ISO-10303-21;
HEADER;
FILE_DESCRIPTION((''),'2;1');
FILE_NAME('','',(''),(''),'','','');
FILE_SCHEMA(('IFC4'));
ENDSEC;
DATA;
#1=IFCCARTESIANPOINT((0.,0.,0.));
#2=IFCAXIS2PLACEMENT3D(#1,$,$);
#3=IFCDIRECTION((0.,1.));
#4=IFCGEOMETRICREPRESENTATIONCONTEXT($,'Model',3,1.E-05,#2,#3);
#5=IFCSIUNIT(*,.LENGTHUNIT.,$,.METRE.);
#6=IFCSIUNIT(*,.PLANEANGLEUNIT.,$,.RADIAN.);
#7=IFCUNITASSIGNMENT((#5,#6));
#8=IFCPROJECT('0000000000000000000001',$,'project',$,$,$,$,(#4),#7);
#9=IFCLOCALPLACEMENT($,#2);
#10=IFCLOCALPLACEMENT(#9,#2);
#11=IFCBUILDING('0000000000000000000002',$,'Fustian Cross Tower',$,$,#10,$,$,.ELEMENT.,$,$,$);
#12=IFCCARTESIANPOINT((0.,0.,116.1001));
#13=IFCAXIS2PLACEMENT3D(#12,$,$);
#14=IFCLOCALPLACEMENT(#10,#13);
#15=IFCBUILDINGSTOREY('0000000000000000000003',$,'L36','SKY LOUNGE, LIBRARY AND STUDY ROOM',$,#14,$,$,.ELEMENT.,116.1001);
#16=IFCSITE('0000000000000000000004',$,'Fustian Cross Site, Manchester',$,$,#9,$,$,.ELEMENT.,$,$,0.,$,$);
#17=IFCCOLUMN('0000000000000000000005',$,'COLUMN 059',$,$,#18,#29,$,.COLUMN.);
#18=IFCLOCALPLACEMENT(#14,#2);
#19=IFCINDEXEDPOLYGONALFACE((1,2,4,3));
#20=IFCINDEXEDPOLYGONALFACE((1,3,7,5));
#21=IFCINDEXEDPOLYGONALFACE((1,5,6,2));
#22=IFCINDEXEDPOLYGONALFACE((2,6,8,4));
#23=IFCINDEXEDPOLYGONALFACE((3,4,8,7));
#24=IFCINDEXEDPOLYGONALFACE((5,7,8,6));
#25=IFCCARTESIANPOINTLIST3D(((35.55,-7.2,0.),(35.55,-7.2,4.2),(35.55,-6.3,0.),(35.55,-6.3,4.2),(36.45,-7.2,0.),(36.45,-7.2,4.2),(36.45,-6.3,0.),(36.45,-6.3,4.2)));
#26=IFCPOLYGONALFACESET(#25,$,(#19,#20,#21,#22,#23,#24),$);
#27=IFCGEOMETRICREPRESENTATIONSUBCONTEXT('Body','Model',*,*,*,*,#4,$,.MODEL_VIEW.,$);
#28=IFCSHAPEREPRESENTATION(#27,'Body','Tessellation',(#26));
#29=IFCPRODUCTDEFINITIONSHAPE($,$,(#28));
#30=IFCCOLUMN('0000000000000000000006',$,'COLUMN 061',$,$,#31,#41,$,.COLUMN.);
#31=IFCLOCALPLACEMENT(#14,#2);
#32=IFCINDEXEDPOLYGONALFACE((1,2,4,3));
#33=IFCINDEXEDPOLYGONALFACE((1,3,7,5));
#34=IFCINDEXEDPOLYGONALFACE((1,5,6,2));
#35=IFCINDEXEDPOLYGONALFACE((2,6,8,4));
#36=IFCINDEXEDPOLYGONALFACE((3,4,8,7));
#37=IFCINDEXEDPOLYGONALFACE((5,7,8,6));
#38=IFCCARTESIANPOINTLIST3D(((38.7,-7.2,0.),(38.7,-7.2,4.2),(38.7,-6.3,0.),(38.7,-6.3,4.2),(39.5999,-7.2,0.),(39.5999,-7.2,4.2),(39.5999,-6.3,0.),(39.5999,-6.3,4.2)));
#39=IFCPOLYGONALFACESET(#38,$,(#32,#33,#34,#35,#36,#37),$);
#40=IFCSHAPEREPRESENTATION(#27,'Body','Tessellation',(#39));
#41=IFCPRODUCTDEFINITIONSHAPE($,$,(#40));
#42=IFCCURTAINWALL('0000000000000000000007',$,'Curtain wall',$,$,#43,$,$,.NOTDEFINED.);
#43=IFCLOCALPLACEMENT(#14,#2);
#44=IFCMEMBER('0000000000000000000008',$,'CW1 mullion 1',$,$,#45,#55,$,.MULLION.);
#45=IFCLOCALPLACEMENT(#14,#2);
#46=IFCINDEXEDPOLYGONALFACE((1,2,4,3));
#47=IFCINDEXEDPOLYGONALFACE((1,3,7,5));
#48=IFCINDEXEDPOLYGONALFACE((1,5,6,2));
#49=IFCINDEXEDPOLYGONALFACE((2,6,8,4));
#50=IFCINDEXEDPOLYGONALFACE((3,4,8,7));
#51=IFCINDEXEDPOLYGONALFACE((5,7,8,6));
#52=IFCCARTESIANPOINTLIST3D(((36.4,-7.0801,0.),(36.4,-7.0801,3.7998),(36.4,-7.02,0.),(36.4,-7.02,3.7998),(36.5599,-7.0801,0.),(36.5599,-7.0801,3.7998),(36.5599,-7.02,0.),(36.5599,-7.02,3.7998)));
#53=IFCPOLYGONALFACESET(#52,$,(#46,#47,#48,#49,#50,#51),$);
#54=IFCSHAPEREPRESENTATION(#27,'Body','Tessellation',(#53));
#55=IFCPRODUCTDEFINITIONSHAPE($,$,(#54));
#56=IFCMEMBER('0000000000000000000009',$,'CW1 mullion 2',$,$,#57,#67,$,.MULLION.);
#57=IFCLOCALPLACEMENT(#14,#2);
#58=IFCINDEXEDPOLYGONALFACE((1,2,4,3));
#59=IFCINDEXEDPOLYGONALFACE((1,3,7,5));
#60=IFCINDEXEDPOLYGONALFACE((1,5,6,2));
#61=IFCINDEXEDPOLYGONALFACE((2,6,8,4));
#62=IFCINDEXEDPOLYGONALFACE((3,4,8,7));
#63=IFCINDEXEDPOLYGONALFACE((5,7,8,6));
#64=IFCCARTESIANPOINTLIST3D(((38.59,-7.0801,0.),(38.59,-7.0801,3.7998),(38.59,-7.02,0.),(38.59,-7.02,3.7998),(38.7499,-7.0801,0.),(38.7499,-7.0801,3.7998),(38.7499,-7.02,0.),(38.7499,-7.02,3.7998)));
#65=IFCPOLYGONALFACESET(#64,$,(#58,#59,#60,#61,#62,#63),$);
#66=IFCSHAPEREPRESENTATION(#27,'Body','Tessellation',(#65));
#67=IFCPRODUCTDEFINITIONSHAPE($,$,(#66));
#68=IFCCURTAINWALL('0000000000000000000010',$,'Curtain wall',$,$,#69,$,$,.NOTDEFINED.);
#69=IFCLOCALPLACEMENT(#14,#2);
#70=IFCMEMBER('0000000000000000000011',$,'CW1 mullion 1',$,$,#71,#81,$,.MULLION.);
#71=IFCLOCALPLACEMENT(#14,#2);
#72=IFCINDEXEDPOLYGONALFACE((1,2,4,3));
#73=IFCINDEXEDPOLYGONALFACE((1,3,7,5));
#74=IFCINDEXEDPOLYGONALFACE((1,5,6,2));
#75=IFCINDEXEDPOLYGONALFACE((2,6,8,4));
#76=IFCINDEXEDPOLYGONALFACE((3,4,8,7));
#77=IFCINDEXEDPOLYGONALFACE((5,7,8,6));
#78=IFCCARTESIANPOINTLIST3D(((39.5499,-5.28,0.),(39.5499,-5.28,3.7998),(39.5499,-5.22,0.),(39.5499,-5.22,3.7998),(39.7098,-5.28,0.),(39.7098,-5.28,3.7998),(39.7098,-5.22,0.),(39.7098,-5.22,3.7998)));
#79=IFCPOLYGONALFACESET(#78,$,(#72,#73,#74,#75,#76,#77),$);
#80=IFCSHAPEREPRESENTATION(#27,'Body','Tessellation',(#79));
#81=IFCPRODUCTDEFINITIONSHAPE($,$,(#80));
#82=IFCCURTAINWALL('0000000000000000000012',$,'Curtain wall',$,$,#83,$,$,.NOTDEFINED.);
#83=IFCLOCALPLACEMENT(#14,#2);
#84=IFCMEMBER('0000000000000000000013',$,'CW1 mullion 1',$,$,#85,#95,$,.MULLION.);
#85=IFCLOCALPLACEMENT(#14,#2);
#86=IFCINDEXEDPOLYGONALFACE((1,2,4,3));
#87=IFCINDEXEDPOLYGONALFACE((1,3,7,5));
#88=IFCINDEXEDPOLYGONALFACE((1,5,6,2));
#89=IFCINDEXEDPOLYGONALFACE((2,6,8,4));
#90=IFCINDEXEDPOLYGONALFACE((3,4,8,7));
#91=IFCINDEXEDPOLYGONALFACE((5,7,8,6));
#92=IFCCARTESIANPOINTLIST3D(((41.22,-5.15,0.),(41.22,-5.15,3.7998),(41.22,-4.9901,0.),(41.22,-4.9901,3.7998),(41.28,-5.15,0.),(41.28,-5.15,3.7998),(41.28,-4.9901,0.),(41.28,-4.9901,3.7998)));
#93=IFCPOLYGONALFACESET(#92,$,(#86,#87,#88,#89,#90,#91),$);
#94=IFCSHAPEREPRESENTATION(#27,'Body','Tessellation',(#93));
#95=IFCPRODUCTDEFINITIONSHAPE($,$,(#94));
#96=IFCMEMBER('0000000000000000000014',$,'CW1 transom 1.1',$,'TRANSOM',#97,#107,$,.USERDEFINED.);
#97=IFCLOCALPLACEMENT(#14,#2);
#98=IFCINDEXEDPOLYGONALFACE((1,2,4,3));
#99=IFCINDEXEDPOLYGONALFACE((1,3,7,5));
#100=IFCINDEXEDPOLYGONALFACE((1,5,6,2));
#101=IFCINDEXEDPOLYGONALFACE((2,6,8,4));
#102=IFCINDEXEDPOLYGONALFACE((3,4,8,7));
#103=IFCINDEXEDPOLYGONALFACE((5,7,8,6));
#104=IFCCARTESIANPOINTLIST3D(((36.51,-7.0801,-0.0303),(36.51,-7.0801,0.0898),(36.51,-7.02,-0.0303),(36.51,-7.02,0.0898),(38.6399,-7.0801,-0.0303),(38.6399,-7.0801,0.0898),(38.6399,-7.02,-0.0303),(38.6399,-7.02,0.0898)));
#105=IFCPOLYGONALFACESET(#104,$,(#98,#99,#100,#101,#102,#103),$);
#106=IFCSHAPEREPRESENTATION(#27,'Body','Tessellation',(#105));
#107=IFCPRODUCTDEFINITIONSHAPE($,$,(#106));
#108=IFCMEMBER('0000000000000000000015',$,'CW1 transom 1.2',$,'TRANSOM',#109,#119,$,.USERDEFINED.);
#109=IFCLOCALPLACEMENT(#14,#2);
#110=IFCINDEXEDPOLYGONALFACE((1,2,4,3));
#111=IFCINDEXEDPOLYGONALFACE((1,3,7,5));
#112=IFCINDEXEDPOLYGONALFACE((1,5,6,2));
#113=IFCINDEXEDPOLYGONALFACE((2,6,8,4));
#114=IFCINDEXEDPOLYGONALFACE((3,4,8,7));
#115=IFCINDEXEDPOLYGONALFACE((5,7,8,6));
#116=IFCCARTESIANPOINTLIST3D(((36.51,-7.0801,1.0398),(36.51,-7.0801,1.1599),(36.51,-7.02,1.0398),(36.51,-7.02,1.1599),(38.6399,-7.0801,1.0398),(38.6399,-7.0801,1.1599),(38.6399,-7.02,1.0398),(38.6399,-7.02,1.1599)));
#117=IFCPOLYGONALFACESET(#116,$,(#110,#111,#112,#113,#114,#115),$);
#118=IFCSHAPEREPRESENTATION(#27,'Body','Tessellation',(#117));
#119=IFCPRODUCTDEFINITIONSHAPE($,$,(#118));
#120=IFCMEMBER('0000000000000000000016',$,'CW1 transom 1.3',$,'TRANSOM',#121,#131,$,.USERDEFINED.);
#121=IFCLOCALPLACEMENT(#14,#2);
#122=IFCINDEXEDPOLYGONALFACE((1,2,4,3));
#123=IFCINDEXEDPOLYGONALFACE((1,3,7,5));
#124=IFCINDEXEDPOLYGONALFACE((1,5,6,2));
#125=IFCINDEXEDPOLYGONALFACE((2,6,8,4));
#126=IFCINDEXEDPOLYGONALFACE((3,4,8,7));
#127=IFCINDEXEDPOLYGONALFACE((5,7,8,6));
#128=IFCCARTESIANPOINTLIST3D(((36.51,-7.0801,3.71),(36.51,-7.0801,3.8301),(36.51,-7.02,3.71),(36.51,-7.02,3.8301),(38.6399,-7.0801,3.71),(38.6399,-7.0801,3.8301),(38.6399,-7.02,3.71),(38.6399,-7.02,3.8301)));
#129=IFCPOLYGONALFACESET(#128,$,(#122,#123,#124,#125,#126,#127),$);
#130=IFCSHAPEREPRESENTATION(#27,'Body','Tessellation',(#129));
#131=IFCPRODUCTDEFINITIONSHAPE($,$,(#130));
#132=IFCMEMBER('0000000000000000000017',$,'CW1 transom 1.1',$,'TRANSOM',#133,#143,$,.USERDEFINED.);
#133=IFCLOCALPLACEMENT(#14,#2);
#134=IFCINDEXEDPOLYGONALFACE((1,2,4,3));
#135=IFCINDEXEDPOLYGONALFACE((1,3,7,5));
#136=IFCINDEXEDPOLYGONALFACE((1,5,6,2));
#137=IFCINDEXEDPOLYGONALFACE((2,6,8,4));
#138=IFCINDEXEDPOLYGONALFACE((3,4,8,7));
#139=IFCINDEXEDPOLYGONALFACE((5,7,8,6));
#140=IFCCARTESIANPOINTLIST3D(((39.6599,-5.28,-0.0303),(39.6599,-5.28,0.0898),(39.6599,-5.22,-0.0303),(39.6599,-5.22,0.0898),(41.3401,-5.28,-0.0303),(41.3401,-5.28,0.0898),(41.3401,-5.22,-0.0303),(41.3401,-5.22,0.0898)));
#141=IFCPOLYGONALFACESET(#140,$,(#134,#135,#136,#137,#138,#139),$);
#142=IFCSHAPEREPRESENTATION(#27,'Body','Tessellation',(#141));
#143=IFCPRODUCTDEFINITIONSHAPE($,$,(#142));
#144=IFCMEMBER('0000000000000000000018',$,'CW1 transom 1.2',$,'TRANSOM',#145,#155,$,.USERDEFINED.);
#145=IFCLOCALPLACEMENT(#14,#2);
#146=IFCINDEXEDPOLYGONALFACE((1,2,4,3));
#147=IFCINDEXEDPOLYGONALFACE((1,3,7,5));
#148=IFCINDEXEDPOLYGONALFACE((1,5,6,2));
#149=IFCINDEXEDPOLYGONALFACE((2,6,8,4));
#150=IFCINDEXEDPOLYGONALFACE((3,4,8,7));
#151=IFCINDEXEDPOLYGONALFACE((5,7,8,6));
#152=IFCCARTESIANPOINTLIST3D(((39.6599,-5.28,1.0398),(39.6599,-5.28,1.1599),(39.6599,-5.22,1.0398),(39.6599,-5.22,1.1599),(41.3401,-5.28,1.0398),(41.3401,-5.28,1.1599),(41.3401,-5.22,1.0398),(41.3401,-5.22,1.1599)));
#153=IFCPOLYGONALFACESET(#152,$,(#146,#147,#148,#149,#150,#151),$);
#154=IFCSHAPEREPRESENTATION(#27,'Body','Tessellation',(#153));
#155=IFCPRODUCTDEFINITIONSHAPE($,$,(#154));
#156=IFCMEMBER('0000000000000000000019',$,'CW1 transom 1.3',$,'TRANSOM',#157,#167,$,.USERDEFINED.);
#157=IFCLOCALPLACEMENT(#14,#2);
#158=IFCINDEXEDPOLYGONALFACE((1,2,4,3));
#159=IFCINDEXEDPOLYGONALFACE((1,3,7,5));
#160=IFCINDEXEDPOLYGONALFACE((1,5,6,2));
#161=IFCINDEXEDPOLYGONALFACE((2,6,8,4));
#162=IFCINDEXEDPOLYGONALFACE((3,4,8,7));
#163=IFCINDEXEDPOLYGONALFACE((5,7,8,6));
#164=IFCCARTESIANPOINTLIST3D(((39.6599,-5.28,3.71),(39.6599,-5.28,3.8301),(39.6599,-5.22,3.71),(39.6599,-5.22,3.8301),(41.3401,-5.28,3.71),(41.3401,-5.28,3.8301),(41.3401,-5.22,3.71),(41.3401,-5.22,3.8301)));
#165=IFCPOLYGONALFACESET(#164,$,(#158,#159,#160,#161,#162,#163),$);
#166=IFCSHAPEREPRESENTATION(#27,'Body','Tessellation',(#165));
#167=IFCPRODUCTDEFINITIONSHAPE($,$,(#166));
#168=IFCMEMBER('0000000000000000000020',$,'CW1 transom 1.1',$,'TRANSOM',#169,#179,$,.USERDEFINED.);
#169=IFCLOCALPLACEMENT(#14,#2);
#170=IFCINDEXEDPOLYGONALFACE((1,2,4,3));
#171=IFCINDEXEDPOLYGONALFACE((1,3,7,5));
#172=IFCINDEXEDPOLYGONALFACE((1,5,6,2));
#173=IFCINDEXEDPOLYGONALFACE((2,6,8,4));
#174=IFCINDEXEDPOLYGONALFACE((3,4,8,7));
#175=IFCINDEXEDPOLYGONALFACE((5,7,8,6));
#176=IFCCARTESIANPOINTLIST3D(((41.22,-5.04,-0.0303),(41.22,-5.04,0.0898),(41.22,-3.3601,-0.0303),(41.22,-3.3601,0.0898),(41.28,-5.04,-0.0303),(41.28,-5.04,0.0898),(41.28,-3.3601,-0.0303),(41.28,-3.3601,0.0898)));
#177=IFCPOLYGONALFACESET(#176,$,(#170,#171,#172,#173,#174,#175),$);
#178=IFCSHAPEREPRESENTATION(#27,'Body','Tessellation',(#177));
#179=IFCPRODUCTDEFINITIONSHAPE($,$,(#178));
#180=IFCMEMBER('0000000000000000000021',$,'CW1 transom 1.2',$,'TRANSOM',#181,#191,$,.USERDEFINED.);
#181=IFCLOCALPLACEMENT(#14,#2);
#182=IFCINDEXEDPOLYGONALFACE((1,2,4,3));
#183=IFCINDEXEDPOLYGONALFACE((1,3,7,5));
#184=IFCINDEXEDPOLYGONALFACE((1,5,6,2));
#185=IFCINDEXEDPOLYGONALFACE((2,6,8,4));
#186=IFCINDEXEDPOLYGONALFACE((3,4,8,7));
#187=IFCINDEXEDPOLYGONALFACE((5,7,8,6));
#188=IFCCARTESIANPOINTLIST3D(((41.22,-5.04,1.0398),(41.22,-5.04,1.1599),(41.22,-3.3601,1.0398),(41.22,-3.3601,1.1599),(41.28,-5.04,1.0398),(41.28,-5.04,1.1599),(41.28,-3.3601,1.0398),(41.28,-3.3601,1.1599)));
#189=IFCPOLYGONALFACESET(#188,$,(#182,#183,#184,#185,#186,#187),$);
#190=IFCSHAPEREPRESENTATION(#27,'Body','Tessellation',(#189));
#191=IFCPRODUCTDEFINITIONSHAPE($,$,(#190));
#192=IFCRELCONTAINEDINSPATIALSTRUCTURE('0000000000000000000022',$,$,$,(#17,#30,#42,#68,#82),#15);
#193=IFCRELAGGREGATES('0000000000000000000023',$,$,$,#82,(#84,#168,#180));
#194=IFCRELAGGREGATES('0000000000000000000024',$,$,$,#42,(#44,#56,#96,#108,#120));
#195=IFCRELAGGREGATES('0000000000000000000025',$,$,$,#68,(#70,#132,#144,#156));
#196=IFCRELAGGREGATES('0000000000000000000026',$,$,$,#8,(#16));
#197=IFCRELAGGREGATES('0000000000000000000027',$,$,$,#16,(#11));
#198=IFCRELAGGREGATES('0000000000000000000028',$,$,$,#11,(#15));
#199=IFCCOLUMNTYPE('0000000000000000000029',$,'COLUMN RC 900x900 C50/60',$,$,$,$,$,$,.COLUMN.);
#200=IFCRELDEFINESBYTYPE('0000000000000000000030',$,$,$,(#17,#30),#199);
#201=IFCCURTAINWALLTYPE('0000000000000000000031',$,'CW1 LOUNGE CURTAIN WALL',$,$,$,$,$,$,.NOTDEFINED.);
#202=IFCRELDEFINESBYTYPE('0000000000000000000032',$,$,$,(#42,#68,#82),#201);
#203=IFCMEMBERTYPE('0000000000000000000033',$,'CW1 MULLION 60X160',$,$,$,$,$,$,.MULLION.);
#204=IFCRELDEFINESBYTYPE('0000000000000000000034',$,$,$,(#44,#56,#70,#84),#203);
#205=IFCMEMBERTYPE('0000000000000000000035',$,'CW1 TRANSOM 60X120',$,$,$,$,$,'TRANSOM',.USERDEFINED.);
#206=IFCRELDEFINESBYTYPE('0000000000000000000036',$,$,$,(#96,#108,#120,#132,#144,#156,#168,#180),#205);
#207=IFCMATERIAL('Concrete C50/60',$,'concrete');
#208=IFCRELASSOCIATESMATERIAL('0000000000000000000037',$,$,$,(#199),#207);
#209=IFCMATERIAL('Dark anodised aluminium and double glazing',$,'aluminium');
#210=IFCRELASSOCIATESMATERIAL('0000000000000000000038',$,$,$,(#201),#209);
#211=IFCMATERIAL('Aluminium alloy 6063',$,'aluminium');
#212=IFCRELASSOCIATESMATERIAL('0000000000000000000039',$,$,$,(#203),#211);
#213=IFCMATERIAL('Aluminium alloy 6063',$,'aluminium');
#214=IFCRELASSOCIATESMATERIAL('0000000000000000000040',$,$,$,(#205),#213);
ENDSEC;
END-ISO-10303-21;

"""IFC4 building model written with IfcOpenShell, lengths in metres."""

from ifc_helpers import new_model, si_unit, direction, frame, origin, origin_2d, place, context, subcontext, project, spatial, rectangle, extrude, material, material_profile, profile_set, type_object, element, aggregate, save


model = new_model("IFC4")

# Units and contexts
model_context = context("Model", 3, precision=1e-05, world=origin(), true_north=direction((0.0, 1.0)))
body_context = subcontext(model_context, "Body", "Model", "MODEL_VIEW")
ifc_project = project(units=[si_unit("LENGTHUNIT", "METRE"), si_unit("PLANEANGLEUNIT", "RADIAN")], contexts=[model_context])

# Site, building, storey
site_placement = place(None, origin())
site = spatial("IfcSite", under=ifc_project, at=site_placement, Name="Fustian Cross Site, Manchester", CompositionType="ELEMENT", RefElevation=0.0)
building_placement = place(site_placement, origin())
building = spatial("IfcBuilding", under=site, at=building_placement, Name="Fustian Cross Tower", CompositionType="ELEMENT")
storey_placement = place(building_placement, frame((0.0, 0.0, 116.1001)))
storey = spatial("IfcBuildingStorey", under=building, at=storey_placement, Name="L36", Description="SKY LOUNGE, LIBRARY AND STUDY ROOM", CompositionType="ELEMENT", Elevation=116.1001)

# Columns
ifc_material_1 = material(Name="Concrete C50/60", Category="concrete")
ifc_material_profile_1 = material_profile(ifc_material_1, rectangle(XDim=0.8999, YDim=0.8999, at=origin_2d()), Name="RC 900x900")
ifc_profile_set_1 = profile_set([ifc_material_profile_1], Name="Concrete C50/60")
column_type = type_object("IfcColumnType", Name="COLUMN RC 900x900 C50/60", PredefinedType="COLUMN", material=ifc_profile_set_1)
for number, where, z_axis, x_axis, name in (
    (1, (36.0, -6.75, 0.0), (0.0, 0.0, 1.0), (1.0, 0.0, 0.0), "COLUMN 059"),
    (2, (39.1499, -6.75, 0.0), (0.0, 0.0, 1.0), (1.0, 0.0, 0.0), "COLUMN 061"),
):
    element("IfcColumn", number, at=place(storey_placement, frame(where, z_axis=z_axis, x_axis=x_axis)), inside=storey, type_object=column_type, Name=name, PredefinedType="COLUMN", context=body_context, shape_type="SweptSolid", body=[
        extrude(rectangle(XDim=0.8999, YDim=0.8999, at=origin_2d()), origin(), (0.0, 0.0, 1.0), 4.2),
    ])

# Curtain wall, members
ifc_material_2 = material(Name="Dark anodised aluminium and double glazing", Category="aluminium")
curtain_wall_type = type_object("IfcCurtainWallType", Name="CW1 LOUNGE CURTAIN WALL", PredefinedType="NOTDEFINED", material=ifc_material_2)
curtain_wall_1_placement = place(storey_placement, origin())
curtain_wall_1 = element("IfcCurtainWall", 3, at=curtain_wall_1_placement, inside=storey, type_object=curtain_wall_type, Name="Curtain wall", PredefinedType="NOTDEFINED")
ifc_material_3 = material(Name="Aluminium alloy 6063", Category="aluminium")
ifc_material_profile_2 = material_profile(ifc_material_3, rectangle(XDim=0.0601, YDim=0.1599, at=origin_2d()), Name="CW1 MULLION 60X160")
ifc_profile_set_2 = profile_set([ifc_material_profile_2], Name="Aluminium alloy 6063")
member_type_1 = type_object("IfcMemberType", Name="CW1 MULLION 60X160", PredefinedType="MULLION", material=ifc_profile_set_2)
member_1_placement = place(storey_placement, frame((36.48, -7.05, 0.0), z_axis=(0.0, 0.0, 1.0), x_axis=(0.0, 1.0, 0.0)))
member_1 = element("IfcMember", 4, at=member_1_placement, type_object=member_type_1, Name="CW1 mullion 1", PredefinedType="MULLION", context=body_context, shape_type="SweptSolid", body=[
    extrude(rectangle(XDim=0.0601, YDim=0.1599, at=origin_2d()), origin(), (0.0, 0.0, 1.0), 3.7998),
])
member_2_placement = place(storey_placement, frame((38.6699, -7.05, 0.0), z_axis=(0.0, 0.0, 1.0), x_axis=(0.0, 1.0, 0.0)))
member_2 = element("IfcMember", 5, at=member_2_placement, type_object=member_type_1, Name="CW1 mullion 2", PredefinedType="MULLION", context=body_context, shape_type="SweptSolid", body=[
    extrude(rectangle(XDim=0.0601, YDim=0.1599, at=origin_2d()), origin(), (0.0, 0.0, 1.0), 3.7998),
])

# Curtain walls, members
curtain_wall_2_placement = place(storey_placement, origin())
curtain_wall_2 = element("IfcCurtainWall", 6, at=curtain_wall_2_placement, inside=storey, type_object=curtain_wall_type, Name="Curtain wall", PredefinedType="NOTDEFINED")
member_3_placement = place(storey_placement, frame((39.6299, -5.25, 0.0), z_axis=(0.0, 0.0, 1.0), x_axis=(0.0, 1.0, 0.0)))
member_3 = element("IfcMember", 7, at=member_3_placement, type_object=member_type_1, Name="CW1 mullion 1", PredefinedType="MULLION", context=body_context, shape_type="SweptSolid", body=[
    extrude(rectangle(XDim=0.0601, YDim=0.1599, at=origin_2d()), origin(), (0.0, 0.0, 1.0), 3.7998),
])
curtain_wall_3_placement = place(storey_placement, origin())
curtain_wall_3 = element("IfcCurtainWall", 8, at=curtain_wall_3_placement, inside=storey, type_object=curtain_wall_type, Name="Curtain wall", PredefinedType="NOTDEFINED")
member_4_placement = place(storey_placement, frame((41.25, -5.0701, 0.0), z_axis=(0.0, 0.0, 1.0), x_axis=(-1.0, 0.0, 0.0)))
member_4 = element("IfcMember", 9, at=member_4_placement, type_object=member_type_1, Name="CW1 mullion 1", PredefinedType="MULLION", context=body_context, shape_type="SweptSolid", body=[
    extrude(rectangle(XDim=0.0601, YDim=0.1599, at=origin_2d()), origin(), (0.0, 0.0, 1.0), 3.7998),
])

# Members
ifc_material_4 = material(Name="Aluminium alloy 6063", Category="aluminium")
ifc_material_profile_3 = material_profile(ifc_material_4, rectangle(XDim=0.0601, YDim=0.1201, at=origin_2d()), Name="CW1 TRANSOM 60X120")
ifc_profile_set_3 = profile_set([ifc_material_profile_3], Name="Aluminium alloy 6063")
member_type_2 = type_object("IfcMemberType", Name="CW1 TRANSOM 60X120", ElementType="TRANSOM", PredefinedType="USERDEFINED", material=ifc_profile_set_3)
member_5_placement = place(storey_placement, frame((36.51, -7.05, 0.0298), z_axis=(1.0, 0.0, 0.0), x_axis=(0.0, 1.0, 0.0)))
member_5 = element("IfcMember", 10, at=member_5_placement, type_object=member_type_2, Name="CW1 transom 1.1", ObjectType="TRANSOM", PredefinedType="USERDEFINED", context=body_context, shape_type="SweptSolid", body=[
    extrude(rectangle(XDim=0.0601, YDim=0.1201, at=origin_2d()), origin(), (0.0, 0.0, 1.0), 2.1299),
])
member_6_placement = place(storey_placement, frame((36.51, -7.05, 1.0999), z_axis=(1.0, 0.0, 0.0), x_axis=(0.0, 1.0, 0.0)))
member_6 = element("IfcMember", 11, at=member_6_placement, type_object=member_type_2, Name="CW1 transom 1.2", ObjectType="TRANSOM", PredefinedType="USERDEFINED", context=body_context, shape_type="SweptSolid", body=[
    extrude(rectangle(XDim=0.0601, YDim=0.1201, at=origin_2d()), origin(), (0.0, 0.0, 1.0), 2.1299),
])
member_7_placement = place(storey_placement, frame((36.51, -7.05, 3.77), z_axis=(1.0, 0.0, 0.0), x_axis=(0.0, 1.0, 0.0)))
member_7 = element("IfcMember", 12, at=member_7_placement, type_object=member_type_2, Name="CW1 transom 1.3", ObjectType="TRANSOM", PredefinedType="USERDEFINED", context=body_context, shape_type="SweptSolid", body=[
    extrude(rectangle(XDim=0.0601, YDim=0.1201, at=origin_2d()), origin(), (0.0, 0.0, 1.0), 2.1299),
])
member_8_placement = place(storey_placement, frame((39.6599, -5.25, 0.0298), z_axis=(1.0, 0.0, 0.0), x_axis=(0.0, 1.0, 0.0)))
member_8 = element("IfcMember", 13, at=member_8_placement, type_object=member_type_2, Name="CW1 transom 1.1", ObjectType="TRANSOM", PredefinedType="USERDEFINED", context=body_context, shape_type="SweptSolid", body=[
    extrude(rectangle(XDim=0.0601, YDim=0.1201, at=origin_2d()), origin(), (0.0, 0.0, 1.0), 1.6802),
])
member_9_placement = place(storey_placement, frame((39.6599, -5.25, 1.0999), z_axis=(1.0, 0.0, 0.0), x_axis=(0.0, 1.0, 0.0)))
member_9 = element("IfcMember", 14, at=member_9_placement, type_object=member_type_2, Name="CW1 transom 1.2", ObjectType="TRANSOM", PredefinedType="USERDEFINED", context=body_context, shape_type="SweptSolid", body=[
    extrude(rectangle(XDim=0.0601, YDim=0.1201, at=origin_2d()), origin(), (0.0, 0.0, 1.0), 1.6802),
])
member_10_placement = place(storey_placement, frame((39.6599, -5.25, 3.77), z_axis=(1.0, 0.0, 0.0), x_axis=(0.0, 1.0, 0.0)))
member_10 = element("IfcMember", 15, at=member_10_placement, type_object=member_type_2, Name="CW1 transom 1.3", ObjectType="TRANSOM", PredefinedType="USERDEFINED", context=body_context, shape_type="SweptSolid", body=[
    extrude(rectangle(XDim=0.0601, YDim=0.1201, at=origin_2d()), origin(), (0.0, 0.0, 1.0), 1.6802),
])
member_11_placement = place(storey_placement, frame((41.25, -5.04, 0.0298), z_axis=(0.0, 1.0, 0.0), x_axis=(-1.0, 0.0, 0.0)))
member_11 = element("IfcMember", 16, at=member_11_placement, type_object=member_type_2, Name="CW1 transom 1.1", ObjectType="TRANSOM", PredefinedType="USERDEFINED", context=body_context, shape_type="SweptSolid", body=[
    extrude(rectangle(XDim=0.0601, YDim=0.1201, at=origin_2d()), origin(), (0.0, 0.0, 1.0), 1.6799),
])
member_12_placement = place(storey_placement, frame((41.25, -5.04, 1.0999), z_axis=(0.0, 1.0, 0.0), x_axis=(-1.0, 0.0, 0.0)))
member_12 = element("IfcMember", 17, at=member_12_placement, type_object=member_type_2, Name="CW1 transom 1.2", ObjectType="TRANSOM", PredefinedType="USERDEFINED", context=body_context, shape_type="SweptSolid", body=[
    extrude(rectangle(XDim=0.0601, YDim=0.1201, at=origin_2d()), origin(), (0.0, 0.0, 1.0), 1.6799),
])
aggregate(curtain_wall_3, [member_4, member_11, member_12])

aggregate(curtain_wall_1, [member_1, member_2, member_5, member_6, member_7])
aggregate(curtain_wall_2, [member_3, member_8, member_9, member_10])

save(model, "model.ifc")
